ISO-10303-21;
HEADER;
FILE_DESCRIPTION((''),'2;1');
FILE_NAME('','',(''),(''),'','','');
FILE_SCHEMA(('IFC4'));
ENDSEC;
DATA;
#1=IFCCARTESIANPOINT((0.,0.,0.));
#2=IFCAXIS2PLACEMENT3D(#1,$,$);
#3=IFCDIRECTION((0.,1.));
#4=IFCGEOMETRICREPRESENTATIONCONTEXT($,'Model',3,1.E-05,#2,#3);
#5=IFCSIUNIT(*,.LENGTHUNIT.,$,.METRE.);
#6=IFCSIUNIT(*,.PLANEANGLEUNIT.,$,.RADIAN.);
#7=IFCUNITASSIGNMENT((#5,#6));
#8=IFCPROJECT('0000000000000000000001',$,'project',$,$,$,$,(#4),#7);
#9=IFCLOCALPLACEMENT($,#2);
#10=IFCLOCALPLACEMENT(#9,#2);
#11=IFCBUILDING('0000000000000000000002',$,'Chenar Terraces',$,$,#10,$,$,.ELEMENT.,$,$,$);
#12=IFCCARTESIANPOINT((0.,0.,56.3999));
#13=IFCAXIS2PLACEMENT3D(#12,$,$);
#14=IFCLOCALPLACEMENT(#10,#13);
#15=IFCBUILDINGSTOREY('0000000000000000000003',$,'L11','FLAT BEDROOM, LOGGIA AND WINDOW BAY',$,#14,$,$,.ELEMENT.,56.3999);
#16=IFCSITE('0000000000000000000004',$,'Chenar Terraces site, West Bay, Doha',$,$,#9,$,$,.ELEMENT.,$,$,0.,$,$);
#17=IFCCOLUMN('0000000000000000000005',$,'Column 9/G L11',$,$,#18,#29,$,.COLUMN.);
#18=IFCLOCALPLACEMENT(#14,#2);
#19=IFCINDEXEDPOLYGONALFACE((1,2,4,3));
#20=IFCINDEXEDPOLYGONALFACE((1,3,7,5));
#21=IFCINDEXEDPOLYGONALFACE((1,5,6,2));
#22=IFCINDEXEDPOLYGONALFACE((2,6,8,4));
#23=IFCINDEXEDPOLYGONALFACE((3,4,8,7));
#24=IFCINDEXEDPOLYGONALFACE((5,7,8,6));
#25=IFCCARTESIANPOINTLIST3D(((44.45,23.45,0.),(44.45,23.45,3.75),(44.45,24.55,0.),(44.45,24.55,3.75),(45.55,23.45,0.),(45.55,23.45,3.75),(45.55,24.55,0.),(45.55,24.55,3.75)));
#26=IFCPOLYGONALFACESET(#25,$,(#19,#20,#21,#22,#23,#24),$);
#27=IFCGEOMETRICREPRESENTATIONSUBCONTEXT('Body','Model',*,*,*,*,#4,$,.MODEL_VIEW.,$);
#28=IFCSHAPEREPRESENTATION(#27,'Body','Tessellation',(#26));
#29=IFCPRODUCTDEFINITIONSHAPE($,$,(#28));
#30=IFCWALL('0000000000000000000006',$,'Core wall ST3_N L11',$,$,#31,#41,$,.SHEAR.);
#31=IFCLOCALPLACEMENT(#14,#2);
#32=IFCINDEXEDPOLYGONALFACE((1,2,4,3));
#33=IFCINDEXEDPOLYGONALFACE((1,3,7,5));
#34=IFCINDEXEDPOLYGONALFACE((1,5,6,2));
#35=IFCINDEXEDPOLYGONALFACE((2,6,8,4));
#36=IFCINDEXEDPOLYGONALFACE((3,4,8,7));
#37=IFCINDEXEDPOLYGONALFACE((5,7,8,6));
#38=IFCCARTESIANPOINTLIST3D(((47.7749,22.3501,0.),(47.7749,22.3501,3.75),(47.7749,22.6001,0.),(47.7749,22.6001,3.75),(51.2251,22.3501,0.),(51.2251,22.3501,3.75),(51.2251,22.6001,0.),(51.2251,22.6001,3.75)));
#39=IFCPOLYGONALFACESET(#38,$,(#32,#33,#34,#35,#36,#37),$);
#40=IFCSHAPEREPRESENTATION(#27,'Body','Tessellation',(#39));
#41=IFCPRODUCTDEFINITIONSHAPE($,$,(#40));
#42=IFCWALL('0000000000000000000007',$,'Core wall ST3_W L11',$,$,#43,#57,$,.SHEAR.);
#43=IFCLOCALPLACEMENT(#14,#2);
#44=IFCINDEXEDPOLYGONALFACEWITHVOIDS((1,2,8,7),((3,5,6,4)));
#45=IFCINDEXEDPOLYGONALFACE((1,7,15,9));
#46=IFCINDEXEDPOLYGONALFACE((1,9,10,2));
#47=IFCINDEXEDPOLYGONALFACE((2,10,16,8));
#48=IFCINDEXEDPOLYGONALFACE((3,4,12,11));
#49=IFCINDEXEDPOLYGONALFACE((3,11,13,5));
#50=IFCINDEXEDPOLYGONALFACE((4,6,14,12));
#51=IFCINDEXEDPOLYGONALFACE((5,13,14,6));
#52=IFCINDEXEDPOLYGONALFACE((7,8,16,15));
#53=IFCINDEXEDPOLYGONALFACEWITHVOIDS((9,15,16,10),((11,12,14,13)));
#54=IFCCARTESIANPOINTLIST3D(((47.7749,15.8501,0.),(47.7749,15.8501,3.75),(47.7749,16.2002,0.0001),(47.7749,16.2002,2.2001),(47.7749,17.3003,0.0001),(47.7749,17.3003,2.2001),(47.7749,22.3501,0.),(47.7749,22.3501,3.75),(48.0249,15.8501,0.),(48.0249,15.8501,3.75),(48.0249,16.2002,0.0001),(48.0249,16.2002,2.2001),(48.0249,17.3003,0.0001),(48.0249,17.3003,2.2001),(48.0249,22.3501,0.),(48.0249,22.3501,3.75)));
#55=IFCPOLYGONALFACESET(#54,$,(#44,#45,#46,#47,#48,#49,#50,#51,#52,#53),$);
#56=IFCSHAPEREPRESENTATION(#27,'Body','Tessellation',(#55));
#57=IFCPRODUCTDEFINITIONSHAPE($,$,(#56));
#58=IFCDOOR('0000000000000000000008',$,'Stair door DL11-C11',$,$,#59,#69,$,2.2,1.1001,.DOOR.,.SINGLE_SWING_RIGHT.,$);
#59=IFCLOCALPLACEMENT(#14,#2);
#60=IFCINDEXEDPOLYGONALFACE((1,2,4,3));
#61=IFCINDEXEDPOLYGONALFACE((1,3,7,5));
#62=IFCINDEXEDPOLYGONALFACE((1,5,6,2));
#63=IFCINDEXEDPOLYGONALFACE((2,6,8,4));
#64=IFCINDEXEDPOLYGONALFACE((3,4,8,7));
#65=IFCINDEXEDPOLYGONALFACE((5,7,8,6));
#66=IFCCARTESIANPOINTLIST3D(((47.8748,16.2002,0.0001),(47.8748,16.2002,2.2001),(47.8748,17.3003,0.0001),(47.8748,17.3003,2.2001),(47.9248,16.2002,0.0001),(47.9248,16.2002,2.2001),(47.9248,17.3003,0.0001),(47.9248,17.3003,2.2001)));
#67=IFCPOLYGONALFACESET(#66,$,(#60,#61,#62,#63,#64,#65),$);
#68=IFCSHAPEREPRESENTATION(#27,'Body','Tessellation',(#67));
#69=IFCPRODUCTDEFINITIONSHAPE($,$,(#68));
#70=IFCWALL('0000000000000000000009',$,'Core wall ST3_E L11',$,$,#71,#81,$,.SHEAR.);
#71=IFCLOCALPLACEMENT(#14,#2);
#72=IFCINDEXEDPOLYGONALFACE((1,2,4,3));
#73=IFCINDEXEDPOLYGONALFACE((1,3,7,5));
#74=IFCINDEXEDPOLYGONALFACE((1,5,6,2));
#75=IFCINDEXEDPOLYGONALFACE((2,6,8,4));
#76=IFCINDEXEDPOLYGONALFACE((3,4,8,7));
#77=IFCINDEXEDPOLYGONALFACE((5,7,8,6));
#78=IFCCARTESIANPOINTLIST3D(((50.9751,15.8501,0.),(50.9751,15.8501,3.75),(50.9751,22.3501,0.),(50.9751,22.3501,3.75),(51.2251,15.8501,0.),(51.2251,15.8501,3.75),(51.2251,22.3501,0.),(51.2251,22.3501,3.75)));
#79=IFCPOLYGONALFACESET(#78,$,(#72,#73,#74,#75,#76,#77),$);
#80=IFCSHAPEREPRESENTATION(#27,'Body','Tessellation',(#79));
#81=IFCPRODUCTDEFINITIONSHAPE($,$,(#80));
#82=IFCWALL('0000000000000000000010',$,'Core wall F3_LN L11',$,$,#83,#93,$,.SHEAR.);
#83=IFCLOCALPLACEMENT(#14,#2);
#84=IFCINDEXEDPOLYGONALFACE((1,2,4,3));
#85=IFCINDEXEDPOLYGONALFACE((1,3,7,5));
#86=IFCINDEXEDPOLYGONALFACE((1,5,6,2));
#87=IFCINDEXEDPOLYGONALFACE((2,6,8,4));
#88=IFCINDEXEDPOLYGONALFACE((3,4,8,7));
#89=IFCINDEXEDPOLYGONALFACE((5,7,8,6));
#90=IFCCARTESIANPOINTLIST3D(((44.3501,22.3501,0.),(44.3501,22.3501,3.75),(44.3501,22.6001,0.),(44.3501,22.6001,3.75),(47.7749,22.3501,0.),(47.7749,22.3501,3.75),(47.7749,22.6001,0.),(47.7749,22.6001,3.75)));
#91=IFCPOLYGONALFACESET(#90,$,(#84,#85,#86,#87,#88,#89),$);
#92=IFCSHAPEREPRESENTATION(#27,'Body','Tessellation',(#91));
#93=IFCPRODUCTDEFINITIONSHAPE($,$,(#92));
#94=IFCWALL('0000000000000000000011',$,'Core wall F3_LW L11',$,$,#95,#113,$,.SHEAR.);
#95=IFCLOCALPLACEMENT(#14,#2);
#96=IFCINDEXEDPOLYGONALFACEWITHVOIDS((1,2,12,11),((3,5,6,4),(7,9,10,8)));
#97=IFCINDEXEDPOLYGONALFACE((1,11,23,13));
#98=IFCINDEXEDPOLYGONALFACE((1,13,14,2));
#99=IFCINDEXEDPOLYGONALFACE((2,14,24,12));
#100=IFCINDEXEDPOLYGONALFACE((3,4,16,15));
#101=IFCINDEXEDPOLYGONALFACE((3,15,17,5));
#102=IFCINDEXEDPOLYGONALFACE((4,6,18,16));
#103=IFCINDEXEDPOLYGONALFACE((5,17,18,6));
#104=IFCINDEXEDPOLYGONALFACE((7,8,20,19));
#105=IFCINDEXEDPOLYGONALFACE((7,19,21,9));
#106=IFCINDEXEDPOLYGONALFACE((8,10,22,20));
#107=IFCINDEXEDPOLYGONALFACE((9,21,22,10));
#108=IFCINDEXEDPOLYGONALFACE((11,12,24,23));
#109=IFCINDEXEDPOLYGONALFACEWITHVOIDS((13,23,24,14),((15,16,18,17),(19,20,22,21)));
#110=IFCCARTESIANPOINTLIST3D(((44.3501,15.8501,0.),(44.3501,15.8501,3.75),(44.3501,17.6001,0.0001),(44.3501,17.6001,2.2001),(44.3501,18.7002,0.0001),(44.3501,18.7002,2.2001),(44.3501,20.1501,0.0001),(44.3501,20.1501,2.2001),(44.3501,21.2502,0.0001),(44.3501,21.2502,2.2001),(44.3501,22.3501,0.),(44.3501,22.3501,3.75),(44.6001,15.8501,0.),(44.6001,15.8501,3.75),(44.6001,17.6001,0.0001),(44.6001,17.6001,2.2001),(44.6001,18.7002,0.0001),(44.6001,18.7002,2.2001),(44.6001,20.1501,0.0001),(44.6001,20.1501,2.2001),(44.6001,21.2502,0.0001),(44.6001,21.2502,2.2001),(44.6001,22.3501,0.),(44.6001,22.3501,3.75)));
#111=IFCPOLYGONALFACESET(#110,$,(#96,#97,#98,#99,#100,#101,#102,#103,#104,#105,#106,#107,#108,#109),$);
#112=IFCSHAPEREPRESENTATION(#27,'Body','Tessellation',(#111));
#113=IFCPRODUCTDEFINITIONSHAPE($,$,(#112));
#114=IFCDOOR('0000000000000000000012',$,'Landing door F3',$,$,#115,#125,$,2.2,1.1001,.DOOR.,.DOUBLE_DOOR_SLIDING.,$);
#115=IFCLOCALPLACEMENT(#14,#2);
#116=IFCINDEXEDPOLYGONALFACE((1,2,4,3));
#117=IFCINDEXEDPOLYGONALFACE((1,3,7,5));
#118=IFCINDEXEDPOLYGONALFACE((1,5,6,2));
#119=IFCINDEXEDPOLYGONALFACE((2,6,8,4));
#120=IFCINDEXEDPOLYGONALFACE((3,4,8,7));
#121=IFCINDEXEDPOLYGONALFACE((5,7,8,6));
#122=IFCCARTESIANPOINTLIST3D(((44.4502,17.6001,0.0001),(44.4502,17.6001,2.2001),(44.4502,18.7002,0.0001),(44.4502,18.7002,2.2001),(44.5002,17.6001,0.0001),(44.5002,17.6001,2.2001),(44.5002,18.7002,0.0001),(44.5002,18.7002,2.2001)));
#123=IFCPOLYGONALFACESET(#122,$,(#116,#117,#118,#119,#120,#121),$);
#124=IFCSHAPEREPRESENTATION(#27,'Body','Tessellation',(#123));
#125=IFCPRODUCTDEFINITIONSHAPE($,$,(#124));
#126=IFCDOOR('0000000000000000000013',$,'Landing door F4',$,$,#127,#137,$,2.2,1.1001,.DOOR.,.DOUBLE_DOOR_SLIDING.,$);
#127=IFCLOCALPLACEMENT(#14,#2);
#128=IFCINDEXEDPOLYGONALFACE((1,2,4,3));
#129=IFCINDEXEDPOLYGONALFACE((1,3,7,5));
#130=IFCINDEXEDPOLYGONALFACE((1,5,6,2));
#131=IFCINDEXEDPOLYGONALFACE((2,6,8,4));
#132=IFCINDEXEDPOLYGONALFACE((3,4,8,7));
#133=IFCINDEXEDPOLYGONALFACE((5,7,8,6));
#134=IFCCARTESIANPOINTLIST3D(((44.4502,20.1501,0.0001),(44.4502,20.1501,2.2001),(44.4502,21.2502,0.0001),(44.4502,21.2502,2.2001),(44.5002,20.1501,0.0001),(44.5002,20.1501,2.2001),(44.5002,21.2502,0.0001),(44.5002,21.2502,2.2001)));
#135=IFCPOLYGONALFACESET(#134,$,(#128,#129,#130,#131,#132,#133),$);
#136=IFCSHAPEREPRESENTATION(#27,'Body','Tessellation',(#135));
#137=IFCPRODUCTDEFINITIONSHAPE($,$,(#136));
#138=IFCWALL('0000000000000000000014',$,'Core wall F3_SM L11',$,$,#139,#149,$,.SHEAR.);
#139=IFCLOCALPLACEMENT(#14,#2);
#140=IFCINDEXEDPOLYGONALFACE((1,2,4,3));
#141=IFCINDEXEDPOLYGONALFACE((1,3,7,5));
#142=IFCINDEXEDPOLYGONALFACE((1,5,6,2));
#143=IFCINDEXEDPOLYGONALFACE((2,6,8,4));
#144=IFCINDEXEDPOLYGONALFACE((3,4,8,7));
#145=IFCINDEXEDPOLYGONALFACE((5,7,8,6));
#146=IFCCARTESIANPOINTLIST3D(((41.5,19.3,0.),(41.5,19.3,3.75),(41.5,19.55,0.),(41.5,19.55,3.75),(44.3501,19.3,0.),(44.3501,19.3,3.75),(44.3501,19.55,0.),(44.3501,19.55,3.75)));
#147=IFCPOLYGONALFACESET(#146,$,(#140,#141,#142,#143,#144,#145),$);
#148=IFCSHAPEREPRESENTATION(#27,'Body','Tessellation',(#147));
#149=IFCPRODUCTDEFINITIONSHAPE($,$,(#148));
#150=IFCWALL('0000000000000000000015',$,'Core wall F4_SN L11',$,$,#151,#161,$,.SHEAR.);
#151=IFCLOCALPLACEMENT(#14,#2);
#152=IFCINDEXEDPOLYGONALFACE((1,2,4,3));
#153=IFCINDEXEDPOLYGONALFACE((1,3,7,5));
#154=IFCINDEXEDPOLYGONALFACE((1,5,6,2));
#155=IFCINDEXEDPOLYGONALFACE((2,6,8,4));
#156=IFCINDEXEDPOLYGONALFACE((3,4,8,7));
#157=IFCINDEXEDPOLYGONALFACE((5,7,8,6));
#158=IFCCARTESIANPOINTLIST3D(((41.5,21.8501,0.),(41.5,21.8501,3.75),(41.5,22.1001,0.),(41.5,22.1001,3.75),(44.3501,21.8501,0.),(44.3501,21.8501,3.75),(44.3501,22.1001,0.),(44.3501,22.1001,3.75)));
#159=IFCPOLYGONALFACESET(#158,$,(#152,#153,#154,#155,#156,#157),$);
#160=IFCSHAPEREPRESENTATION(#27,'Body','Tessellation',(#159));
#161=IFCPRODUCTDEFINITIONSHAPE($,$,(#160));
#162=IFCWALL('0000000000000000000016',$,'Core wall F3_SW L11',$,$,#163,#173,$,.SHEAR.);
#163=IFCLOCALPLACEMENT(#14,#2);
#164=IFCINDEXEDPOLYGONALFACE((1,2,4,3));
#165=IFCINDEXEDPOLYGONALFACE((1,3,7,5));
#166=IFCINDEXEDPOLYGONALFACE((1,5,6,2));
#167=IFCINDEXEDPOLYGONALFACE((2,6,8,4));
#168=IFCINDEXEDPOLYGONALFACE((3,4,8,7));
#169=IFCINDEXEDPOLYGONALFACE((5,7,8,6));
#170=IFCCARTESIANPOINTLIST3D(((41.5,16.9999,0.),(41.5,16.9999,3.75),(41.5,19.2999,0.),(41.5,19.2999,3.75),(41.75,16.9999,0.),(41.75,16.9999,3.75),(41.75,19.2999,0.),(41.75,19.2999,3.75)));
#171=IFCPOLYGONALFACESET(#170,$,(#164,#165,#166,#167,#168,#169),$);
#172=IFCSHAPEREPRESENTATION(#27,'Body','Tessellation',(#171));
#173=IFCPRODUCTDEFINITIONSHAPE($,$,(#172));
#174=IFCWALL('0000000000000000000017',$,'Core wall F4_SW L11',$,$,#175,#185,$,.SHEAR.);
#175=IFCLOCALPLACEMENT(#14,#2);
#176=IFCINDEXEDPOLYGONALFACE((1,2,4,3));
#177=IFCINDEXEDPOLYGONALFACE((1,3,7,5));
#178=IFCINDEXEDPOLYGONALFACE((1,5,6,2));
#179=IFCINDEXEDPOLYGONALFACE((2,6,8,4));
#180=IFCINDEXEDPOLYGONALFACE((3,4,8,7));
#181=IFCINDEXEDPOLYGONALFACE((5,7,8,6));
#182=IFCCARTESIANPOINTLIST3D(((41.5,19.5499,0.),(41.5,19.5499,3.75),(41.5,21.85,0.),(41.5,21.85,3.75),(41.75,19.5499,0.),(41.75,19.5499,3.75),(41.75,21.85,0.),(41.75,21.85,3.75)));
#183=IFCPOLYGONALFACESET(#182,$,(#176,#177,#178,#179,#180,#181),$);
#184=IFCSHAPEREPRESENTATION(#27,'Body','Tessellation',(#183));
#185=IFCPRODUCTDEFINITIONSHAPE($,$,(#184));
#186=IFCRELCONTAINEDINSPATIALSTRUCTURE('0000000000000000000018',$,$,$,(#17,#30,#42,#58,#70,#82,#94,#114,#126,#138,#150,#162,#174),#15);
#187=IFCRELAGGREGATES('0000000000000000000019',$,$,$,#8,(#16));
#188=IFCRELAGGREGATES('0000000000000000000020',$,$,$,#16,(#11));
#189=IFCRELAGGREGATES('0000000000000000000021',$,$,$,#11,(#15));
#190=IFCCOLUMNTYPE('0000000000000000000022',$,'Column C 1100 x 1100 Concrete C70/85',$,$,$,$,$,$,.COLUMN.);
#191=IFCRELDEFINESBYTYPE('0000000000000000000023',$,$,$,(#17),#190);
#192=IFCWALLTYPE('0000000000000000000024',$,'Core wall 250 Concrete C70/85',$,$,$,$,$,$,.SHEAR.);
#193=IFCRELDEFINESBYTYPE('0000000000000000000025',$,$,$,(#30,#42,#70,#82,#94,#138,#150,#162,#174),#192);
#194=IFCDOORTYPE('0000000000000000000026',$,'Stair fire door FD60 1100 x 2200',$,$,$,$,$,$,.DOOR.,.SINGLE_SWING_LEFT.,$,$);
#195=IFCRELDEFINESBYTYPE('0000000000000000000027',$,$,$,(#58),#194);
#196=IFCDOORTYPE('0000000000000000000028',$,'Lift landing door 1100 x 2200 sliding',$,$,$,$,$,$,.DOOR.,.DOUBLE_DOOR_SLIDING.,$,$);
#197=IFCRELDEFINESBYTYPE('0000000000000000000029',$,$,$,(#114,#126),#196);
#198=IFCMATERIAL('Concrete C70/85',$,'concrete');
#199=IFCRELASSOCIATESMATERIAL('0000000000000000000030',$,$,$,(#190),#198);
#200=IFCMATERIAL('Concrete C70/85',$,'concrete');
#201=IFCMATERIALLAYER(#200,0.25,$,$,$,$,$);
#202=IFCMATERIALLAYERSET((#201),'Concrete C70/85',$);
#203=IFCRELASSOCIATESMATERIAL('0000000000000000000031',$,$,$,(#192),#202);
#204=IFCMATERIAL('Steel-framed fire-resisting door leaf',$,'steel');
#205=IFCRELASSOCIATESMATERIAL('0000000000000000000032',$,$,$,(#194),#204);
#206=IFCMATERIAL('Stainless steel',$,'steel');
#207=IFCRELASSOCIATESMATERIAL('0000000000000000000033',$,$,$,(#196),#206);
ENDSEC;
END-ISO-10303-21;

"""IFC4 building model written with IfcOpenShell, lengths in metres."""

from ifc_helpers import new_model, si_unit, direction, frame, frame_2d, origin, origin_2d, place, context, subcontext, project, spatial, rectangle, extrude, material, layer, layer_set, material_profile, profile_set, type_object, element, fill, save


model = new_model("IFC4")

# Units and contexts
model_context = context("Model", 3, precision=1e-05, world=origin(), true_north=direction((0.0, 1.0)))
body_context = subcontext(model_context, "Body", "Model", "MODEL_VIEW")
ifc_project = project(units=[si_unit("LENGTHUNIT", "METRE"), si_unit("PLANEANGLEUNIT", "RADIAN")], contexts=[model_context])

# Site, building, storey
site_placement = place(None, origin())
site = spatial("IfcSite", under=ifc_project, at=site_placement, Name="Chenar Terraces site, West Bay, Doha", CompositionType="ELEMENT", RefElevation=0.0)
building_placement = place(site_placement, origin())
building = spatial("IfcBuilding", under=site, at=building_placement, Name="Chenar Terraces", CompositionType="ELEMENT")
storey_placement = place(building_placement, frame((0.0, 0.0, 56.3999)))
storey = spatial("IfcBuildingStorey", under=building, at=storey_placement, Name="L11", Description="FLAT BEDROOM, LOGGIA AND WINDOW BAY", CompositionType="ELEMENT", Elevation=56.3999)

# Column
ifc_material_1 = material(Name="Concrete C70/85", Category="concrete")
ifc_material_profile_1 = material_profile(ifc_material_1, rectangle(XDim=1.1001, YDim=1.1001, at=origin_2d()), Name="C 1100 x 1100")
ifc_profile_set_1 = profile_set([ifc_material_profile_1], Name="Concrete C70/85")
column_type = type_object("IfcColumnType", Name="Column C 1100 x 1100 Concrete C70/85", PredefinedType="COLUMN", material=ifc_profile_set_1)
column_placement = place(storey_placement, frame((45.0, 24.0, 0.0), z_axis=(0.0, 0.0, 1.0), x_axis=(1.0, 0.0, 0.0)))
element("IfcColumn", 1, at=column_placement, inside=storey, type_object=column_type, Name="Column 9/G L11", PredefinedType="COLUMN", context=body_context, shape_type="SweptSolid", body=[
    extrude(rectangle(XDim=1.1001, YDim=1.1001, at=origin_2d()), origin(), (0.0, 0.0, 1.0), 3.75),
])

# Wall
ifc_material_2 = material(Name="Concrete C70/85", Category="concrete")
ifc_layer_1 = layer(ifc_material_2, 0.25)
ifc_layer_set_1 = layer_set([ifc_layer_1], Name="Concrete C70/85")
wall_type_1 = type_object("IfcWallType", Name="Core wall 250 Concrete C70/85", PredefinedType="SHEAR", material=ifc_layer_set_1)
wall_1_placement = place(storey_placement, frame((47.7749, 22.4751, 0.0), z_axis=(0.0, 0.0, 1.0), x_axis=(1.0, 0.0, 0.0)))
element("IfcWall", 2, at=wall_1_placement, inside=storey, type_object=wall_type_1, Name="Core wall ST3_N L11", PredefinedType="SHEAR", context=body_context, shape_type="SweptSolid", body=[
    extrude(rectangle(XDim=3.4502, YDim=0.25, at=frame_2d((1.7251, 0.0))), origin(), (0.0, 0.0, 1.0), 3.75),
])

# Wall, opening, door
wall_2_placement = place(storey_placement, frame((47.8999, 15.8501, 0.0), z_axis=(0.0, 0.0, 1.0), x_axis=(0.0, 1.0, 0.0)))
wall_2 = element("IfcWall", 3, at=wall_2_placement, inside=storey, type_object=wall_type_1, Name="Core wall ST3_W L11", PredefinedType="SHEAR", context=body_context, shape_type="SweptSolid", body=[
    extrude(rectangle(XDim=6.5, YDim=0.25, at=frame_2d((3.25, 0.0))), origin(), (0.0, 0.0, 1.0), 3.75),
])
opening_1_placement = place(wall_2_placement, frame((0.3501, 0.0, 0.0)))
opening_1 = element("IfcOpeningElement", 4, at=opening_1_placement, cuts=wall_2, PredefinedType="OPENING", context=body_context, shape_type="SweptSolid", body=[
    extrude(rectangle(XDim=1.1001, YDim=2.2, at=frame_2d((0.55, 1.1001))), frame((0.0, 0.135, 0.0), z_axis=(0.0, -1.0, 0.0), x_axis=(1.0, 0.0, 0.0)), (0.0, 0.0, 1.0), 0.27),
])
ifc_material_3 = material(Name="Steel-framed fire-resisting door leaf", Category="steel")
door_type_1 = type_object("IfcDoorType", Name="Stair fire door FD60 1100 x 2200", OperationType="SINGLE_SWING_LEFT", PredefinedType="DOOR", material=ifc_material_3)
door_1_placement = place(opening_1_placement, frame((1.1001, 0.0, 0.0), z_axis=(0.0, 0.0, 1.0), x_axis=(-1.0, 0.0, 0.0)))
door_1 = element("IfcDoor", 5, at=door_1_placement, inside=storey, type_object=door_type_1, Name="Stair door DL11-C11", OperationType="SINGLE_SWING_RIGHT", OverallHeight=2.2, OverallWidth=1.1001, PredefinedType="DOOR", context=body_context, shape_type="SweptSolid", body=[
    extrude(rectangle(XDim=1.1001, YDim=2.2, at=frame_2d((0.55, 1.1001))), frame((0.0, 0.0249, 0.0), z_axis=(0.0, -1.0, 0.0), x_axis=(1.0, 0.0, 0.0)), (0.0, 0.0, 1.0), 0.05),
])
fill(opening_1, door_1)

# Walls
wall_3_placement = place(storey_placement, frame((51.1001, 15.8501, 0.0), z_axis=(0.0, 0.0, 1.0), x_axis=(0.0, 1.0, 0.0)))
element("IfcWall", 6, at=wall_3_placement, inside=storey, type_object=wall_type_1, Name="Core wall ST3_E L11", PredefinedType="SHEAR", context=body_context, shape_type="SweptSolid", body=[
    extrude(rectangle(XDim=6.5, YDim=0.25, at=frame_2d((3.25, 0.0))), origin(), (0.0, 0.0, 1.0), 3.75),
])
wall_4_placement = place(storey_placement, frame((44.3501, 22.4751, 0.0), z_axis=(0.0, 0.0, 1.0), x_axis=(1.0, 0.0, 0.0)))
element("IfcWall", 7, at=wall_4_placement, inside=storey, type_object=wall_type_1, Name="Core wall F3_LN L11", PredefinedType="SHEAR", context=body_context, shape_type="SweptSolid", body=[
    extrude(rectangle(XDim=3.4248, YDim=0.25, at=frame_2d((1.7124, 0.0))), origin(), (0.0, 0.0, 1.0), 3.75),
])

# Wall, openings, doors
wall_5_placement = place(storey_placement, frame((44.4751, 15.8501, 0.0), z_axis=(0.0, 0.0, 1.0), x_axis=(0.0, 1.0, 0.0)))
wall_5 = element("IfcWall", 8, at=wall_5_placement, inside=storey, type_object=wall_type_1, Name="Core wall F3_LW L11", PredefinedType="SHEAR", context=body_context, shape_type="SweptSolid", body=[
    extrude(rectangle(XDim=6.5, YDim=0.25, at=frame_2d((3.25, 0.0))), origin(), (0.0, 0.0, 1.0), 3.75),
])
opening_2_placement = place(wall_5_placement, frame((1.75, 0.0, 0.0)))
opening_2 = element("IfcOpeningElement", 9, at=opening_2_placement, cuts=wall_5, PredefinedType="OPENING", context=body_context, shape_type="SweptSolid", body=[
    extrude(rectangle(XDim=1.1001, YDim=2.2, at=frame_2d((0.55, 1.1001))), frame((0.0, 0.135, 0.0), z_axis=(0.0, -1.0, 0.0), x_axis=(1.0, 0.0, 0.0)), (0.0, 0.0, 1.0), 0.27),
])
opening_3_placement = place(wall_5_placement, frame((4.3, 0.0, 0.0)))
opening_3 = element("IfcOpeningElement", 10, at=opening_3_placement, cuts=wall_5, PredefinedType="OPENING", context=body_context, shape_type="SweptSolid", body=[
    extrude(rectangle(XDim=1.1001, YDim=2.2, at=frame_2d((0.55, 1.1001))), frame((0.0, 0.135, 0.0), z_axis=(0.0, -1.0, 0.0), x_axis=(1.0, 0.0, 0.0)), (0.0, 0.0, 1.0), 0.27),
])
ifc_material_4 = material(Name="Stainless steel", Category="steel")
door_type_2 = type_object("IfcDoorType", Name="Lift landing door 1100 x 2200 sliding", OperationType="DOUBLE_DOOR_SLIDING", PredefinedType="DOOR", material=ifc_material_4)
door_2_placement = place(opening_2_placement, origin())
door_2 = element("IfcDoor", 11, at=door_2_placement, inside=storey, type_object=door_type_2, Name="Landing door F3", OperationType="DOUBLE_DOOR_SLIDING", OverallHeight=2.2, OverallWidth=1.1001, PredefinedType="DOOR", context=body_context, shape_type="SweptSolid", body=[
    extrude(rectangle(XDim=1.1001, YDim=2.2, at=frame_2d((0.55, 1.1001))), frame((0.0, 0.0249, 0.0), z_axis=(0.0, -1.0, 0.0), x_axis=(1.0, 0.0, 0.0)), (0.0, 0.0, 1.0), 0.05),
])
fill(opening_2, door_2)
door_3_placement = place(opening_3_placement, origin())
door_3 = element("IfcDoor", 12, at=door_3_placement, inside=storey, type_object=door_type_2, Name="Landing door F4", OperationType="DOUBLE_DOOR_SLIDING", OverallHeight=2.2, OverallWidth=1.1001, PredefinedType="DOOR", context=body_context, shape_type="SweptSolid", body=[
    extrude(rectangle(XDim=1.1001, YDim=2.2, at=frame_2d((0.55, 1.1001))), frame((0.0, 0.0249, 0.0), z_axis=(0.0, -1.0, 0.0), x_axis=(1.0, 0.0, 0.0)), (0.0, 0.0, 1.0), 0.05),
])
fill(opening_3, door_3)

# Walls
for number, where, z_axis, x_axis, name in (
    (13, (41.5, 19.425, 0.0), (0.0, 0.0, 1.0), (1.0, 0.0, 0.0), "Core wall F3_SM L11"),
    (14, (41.5, 21.9751, 0.0), (0.0, 0.0, 1.0), (1.0, 0.0, 0.0), "Core wall F4_SN L11"),
):
    element("IfcWall", number, at=place(storey_placement, frame(where, z_axis=z_axis, x_axis=x_axis)), inside=storey, type_object=wall_type_1, Name=name, PredefinedType="SHEAR", context=body_context, shape_type="SweptSolid", body=[
        extrude(rectangle(XDim=2.8501, YDim=0.25, at=frame_2d((1.425, 0.0))), origin(), (0.0, 0.0, 1.0), 3.75),
    ])
for number, where, z_axis, x_axis, name in (
    (15, (41.625, 17.0, 0.0), (0.0, 0.0, 1.0), (0.0, 1.0, 0.0), "Core wall F3_SW L11"),
    (16, (41.625, 19.55, 0.0), (0.0, 0.0, 1.0), (0.0, 1.0, 0.0), "Core wall F4_SW L11"),
):
    element("IfcWall", number, at=place(storey_placement, frame(where, z_axis=z_axis, x_axis=x_axis)), inside=storey, type_object=wall_type_1, Name=name, PredefinedType="SHEAR", context=body_context, shape_type="SweptSolid", body=[
        extrude(rectangle(XDim=2.3, YDim=0.25, at=frame_2d((1.1499, 0.0))), origin(), (0.0, 0.0, 1.0), 3.75),
    ])

save(model, "model.ifc")
